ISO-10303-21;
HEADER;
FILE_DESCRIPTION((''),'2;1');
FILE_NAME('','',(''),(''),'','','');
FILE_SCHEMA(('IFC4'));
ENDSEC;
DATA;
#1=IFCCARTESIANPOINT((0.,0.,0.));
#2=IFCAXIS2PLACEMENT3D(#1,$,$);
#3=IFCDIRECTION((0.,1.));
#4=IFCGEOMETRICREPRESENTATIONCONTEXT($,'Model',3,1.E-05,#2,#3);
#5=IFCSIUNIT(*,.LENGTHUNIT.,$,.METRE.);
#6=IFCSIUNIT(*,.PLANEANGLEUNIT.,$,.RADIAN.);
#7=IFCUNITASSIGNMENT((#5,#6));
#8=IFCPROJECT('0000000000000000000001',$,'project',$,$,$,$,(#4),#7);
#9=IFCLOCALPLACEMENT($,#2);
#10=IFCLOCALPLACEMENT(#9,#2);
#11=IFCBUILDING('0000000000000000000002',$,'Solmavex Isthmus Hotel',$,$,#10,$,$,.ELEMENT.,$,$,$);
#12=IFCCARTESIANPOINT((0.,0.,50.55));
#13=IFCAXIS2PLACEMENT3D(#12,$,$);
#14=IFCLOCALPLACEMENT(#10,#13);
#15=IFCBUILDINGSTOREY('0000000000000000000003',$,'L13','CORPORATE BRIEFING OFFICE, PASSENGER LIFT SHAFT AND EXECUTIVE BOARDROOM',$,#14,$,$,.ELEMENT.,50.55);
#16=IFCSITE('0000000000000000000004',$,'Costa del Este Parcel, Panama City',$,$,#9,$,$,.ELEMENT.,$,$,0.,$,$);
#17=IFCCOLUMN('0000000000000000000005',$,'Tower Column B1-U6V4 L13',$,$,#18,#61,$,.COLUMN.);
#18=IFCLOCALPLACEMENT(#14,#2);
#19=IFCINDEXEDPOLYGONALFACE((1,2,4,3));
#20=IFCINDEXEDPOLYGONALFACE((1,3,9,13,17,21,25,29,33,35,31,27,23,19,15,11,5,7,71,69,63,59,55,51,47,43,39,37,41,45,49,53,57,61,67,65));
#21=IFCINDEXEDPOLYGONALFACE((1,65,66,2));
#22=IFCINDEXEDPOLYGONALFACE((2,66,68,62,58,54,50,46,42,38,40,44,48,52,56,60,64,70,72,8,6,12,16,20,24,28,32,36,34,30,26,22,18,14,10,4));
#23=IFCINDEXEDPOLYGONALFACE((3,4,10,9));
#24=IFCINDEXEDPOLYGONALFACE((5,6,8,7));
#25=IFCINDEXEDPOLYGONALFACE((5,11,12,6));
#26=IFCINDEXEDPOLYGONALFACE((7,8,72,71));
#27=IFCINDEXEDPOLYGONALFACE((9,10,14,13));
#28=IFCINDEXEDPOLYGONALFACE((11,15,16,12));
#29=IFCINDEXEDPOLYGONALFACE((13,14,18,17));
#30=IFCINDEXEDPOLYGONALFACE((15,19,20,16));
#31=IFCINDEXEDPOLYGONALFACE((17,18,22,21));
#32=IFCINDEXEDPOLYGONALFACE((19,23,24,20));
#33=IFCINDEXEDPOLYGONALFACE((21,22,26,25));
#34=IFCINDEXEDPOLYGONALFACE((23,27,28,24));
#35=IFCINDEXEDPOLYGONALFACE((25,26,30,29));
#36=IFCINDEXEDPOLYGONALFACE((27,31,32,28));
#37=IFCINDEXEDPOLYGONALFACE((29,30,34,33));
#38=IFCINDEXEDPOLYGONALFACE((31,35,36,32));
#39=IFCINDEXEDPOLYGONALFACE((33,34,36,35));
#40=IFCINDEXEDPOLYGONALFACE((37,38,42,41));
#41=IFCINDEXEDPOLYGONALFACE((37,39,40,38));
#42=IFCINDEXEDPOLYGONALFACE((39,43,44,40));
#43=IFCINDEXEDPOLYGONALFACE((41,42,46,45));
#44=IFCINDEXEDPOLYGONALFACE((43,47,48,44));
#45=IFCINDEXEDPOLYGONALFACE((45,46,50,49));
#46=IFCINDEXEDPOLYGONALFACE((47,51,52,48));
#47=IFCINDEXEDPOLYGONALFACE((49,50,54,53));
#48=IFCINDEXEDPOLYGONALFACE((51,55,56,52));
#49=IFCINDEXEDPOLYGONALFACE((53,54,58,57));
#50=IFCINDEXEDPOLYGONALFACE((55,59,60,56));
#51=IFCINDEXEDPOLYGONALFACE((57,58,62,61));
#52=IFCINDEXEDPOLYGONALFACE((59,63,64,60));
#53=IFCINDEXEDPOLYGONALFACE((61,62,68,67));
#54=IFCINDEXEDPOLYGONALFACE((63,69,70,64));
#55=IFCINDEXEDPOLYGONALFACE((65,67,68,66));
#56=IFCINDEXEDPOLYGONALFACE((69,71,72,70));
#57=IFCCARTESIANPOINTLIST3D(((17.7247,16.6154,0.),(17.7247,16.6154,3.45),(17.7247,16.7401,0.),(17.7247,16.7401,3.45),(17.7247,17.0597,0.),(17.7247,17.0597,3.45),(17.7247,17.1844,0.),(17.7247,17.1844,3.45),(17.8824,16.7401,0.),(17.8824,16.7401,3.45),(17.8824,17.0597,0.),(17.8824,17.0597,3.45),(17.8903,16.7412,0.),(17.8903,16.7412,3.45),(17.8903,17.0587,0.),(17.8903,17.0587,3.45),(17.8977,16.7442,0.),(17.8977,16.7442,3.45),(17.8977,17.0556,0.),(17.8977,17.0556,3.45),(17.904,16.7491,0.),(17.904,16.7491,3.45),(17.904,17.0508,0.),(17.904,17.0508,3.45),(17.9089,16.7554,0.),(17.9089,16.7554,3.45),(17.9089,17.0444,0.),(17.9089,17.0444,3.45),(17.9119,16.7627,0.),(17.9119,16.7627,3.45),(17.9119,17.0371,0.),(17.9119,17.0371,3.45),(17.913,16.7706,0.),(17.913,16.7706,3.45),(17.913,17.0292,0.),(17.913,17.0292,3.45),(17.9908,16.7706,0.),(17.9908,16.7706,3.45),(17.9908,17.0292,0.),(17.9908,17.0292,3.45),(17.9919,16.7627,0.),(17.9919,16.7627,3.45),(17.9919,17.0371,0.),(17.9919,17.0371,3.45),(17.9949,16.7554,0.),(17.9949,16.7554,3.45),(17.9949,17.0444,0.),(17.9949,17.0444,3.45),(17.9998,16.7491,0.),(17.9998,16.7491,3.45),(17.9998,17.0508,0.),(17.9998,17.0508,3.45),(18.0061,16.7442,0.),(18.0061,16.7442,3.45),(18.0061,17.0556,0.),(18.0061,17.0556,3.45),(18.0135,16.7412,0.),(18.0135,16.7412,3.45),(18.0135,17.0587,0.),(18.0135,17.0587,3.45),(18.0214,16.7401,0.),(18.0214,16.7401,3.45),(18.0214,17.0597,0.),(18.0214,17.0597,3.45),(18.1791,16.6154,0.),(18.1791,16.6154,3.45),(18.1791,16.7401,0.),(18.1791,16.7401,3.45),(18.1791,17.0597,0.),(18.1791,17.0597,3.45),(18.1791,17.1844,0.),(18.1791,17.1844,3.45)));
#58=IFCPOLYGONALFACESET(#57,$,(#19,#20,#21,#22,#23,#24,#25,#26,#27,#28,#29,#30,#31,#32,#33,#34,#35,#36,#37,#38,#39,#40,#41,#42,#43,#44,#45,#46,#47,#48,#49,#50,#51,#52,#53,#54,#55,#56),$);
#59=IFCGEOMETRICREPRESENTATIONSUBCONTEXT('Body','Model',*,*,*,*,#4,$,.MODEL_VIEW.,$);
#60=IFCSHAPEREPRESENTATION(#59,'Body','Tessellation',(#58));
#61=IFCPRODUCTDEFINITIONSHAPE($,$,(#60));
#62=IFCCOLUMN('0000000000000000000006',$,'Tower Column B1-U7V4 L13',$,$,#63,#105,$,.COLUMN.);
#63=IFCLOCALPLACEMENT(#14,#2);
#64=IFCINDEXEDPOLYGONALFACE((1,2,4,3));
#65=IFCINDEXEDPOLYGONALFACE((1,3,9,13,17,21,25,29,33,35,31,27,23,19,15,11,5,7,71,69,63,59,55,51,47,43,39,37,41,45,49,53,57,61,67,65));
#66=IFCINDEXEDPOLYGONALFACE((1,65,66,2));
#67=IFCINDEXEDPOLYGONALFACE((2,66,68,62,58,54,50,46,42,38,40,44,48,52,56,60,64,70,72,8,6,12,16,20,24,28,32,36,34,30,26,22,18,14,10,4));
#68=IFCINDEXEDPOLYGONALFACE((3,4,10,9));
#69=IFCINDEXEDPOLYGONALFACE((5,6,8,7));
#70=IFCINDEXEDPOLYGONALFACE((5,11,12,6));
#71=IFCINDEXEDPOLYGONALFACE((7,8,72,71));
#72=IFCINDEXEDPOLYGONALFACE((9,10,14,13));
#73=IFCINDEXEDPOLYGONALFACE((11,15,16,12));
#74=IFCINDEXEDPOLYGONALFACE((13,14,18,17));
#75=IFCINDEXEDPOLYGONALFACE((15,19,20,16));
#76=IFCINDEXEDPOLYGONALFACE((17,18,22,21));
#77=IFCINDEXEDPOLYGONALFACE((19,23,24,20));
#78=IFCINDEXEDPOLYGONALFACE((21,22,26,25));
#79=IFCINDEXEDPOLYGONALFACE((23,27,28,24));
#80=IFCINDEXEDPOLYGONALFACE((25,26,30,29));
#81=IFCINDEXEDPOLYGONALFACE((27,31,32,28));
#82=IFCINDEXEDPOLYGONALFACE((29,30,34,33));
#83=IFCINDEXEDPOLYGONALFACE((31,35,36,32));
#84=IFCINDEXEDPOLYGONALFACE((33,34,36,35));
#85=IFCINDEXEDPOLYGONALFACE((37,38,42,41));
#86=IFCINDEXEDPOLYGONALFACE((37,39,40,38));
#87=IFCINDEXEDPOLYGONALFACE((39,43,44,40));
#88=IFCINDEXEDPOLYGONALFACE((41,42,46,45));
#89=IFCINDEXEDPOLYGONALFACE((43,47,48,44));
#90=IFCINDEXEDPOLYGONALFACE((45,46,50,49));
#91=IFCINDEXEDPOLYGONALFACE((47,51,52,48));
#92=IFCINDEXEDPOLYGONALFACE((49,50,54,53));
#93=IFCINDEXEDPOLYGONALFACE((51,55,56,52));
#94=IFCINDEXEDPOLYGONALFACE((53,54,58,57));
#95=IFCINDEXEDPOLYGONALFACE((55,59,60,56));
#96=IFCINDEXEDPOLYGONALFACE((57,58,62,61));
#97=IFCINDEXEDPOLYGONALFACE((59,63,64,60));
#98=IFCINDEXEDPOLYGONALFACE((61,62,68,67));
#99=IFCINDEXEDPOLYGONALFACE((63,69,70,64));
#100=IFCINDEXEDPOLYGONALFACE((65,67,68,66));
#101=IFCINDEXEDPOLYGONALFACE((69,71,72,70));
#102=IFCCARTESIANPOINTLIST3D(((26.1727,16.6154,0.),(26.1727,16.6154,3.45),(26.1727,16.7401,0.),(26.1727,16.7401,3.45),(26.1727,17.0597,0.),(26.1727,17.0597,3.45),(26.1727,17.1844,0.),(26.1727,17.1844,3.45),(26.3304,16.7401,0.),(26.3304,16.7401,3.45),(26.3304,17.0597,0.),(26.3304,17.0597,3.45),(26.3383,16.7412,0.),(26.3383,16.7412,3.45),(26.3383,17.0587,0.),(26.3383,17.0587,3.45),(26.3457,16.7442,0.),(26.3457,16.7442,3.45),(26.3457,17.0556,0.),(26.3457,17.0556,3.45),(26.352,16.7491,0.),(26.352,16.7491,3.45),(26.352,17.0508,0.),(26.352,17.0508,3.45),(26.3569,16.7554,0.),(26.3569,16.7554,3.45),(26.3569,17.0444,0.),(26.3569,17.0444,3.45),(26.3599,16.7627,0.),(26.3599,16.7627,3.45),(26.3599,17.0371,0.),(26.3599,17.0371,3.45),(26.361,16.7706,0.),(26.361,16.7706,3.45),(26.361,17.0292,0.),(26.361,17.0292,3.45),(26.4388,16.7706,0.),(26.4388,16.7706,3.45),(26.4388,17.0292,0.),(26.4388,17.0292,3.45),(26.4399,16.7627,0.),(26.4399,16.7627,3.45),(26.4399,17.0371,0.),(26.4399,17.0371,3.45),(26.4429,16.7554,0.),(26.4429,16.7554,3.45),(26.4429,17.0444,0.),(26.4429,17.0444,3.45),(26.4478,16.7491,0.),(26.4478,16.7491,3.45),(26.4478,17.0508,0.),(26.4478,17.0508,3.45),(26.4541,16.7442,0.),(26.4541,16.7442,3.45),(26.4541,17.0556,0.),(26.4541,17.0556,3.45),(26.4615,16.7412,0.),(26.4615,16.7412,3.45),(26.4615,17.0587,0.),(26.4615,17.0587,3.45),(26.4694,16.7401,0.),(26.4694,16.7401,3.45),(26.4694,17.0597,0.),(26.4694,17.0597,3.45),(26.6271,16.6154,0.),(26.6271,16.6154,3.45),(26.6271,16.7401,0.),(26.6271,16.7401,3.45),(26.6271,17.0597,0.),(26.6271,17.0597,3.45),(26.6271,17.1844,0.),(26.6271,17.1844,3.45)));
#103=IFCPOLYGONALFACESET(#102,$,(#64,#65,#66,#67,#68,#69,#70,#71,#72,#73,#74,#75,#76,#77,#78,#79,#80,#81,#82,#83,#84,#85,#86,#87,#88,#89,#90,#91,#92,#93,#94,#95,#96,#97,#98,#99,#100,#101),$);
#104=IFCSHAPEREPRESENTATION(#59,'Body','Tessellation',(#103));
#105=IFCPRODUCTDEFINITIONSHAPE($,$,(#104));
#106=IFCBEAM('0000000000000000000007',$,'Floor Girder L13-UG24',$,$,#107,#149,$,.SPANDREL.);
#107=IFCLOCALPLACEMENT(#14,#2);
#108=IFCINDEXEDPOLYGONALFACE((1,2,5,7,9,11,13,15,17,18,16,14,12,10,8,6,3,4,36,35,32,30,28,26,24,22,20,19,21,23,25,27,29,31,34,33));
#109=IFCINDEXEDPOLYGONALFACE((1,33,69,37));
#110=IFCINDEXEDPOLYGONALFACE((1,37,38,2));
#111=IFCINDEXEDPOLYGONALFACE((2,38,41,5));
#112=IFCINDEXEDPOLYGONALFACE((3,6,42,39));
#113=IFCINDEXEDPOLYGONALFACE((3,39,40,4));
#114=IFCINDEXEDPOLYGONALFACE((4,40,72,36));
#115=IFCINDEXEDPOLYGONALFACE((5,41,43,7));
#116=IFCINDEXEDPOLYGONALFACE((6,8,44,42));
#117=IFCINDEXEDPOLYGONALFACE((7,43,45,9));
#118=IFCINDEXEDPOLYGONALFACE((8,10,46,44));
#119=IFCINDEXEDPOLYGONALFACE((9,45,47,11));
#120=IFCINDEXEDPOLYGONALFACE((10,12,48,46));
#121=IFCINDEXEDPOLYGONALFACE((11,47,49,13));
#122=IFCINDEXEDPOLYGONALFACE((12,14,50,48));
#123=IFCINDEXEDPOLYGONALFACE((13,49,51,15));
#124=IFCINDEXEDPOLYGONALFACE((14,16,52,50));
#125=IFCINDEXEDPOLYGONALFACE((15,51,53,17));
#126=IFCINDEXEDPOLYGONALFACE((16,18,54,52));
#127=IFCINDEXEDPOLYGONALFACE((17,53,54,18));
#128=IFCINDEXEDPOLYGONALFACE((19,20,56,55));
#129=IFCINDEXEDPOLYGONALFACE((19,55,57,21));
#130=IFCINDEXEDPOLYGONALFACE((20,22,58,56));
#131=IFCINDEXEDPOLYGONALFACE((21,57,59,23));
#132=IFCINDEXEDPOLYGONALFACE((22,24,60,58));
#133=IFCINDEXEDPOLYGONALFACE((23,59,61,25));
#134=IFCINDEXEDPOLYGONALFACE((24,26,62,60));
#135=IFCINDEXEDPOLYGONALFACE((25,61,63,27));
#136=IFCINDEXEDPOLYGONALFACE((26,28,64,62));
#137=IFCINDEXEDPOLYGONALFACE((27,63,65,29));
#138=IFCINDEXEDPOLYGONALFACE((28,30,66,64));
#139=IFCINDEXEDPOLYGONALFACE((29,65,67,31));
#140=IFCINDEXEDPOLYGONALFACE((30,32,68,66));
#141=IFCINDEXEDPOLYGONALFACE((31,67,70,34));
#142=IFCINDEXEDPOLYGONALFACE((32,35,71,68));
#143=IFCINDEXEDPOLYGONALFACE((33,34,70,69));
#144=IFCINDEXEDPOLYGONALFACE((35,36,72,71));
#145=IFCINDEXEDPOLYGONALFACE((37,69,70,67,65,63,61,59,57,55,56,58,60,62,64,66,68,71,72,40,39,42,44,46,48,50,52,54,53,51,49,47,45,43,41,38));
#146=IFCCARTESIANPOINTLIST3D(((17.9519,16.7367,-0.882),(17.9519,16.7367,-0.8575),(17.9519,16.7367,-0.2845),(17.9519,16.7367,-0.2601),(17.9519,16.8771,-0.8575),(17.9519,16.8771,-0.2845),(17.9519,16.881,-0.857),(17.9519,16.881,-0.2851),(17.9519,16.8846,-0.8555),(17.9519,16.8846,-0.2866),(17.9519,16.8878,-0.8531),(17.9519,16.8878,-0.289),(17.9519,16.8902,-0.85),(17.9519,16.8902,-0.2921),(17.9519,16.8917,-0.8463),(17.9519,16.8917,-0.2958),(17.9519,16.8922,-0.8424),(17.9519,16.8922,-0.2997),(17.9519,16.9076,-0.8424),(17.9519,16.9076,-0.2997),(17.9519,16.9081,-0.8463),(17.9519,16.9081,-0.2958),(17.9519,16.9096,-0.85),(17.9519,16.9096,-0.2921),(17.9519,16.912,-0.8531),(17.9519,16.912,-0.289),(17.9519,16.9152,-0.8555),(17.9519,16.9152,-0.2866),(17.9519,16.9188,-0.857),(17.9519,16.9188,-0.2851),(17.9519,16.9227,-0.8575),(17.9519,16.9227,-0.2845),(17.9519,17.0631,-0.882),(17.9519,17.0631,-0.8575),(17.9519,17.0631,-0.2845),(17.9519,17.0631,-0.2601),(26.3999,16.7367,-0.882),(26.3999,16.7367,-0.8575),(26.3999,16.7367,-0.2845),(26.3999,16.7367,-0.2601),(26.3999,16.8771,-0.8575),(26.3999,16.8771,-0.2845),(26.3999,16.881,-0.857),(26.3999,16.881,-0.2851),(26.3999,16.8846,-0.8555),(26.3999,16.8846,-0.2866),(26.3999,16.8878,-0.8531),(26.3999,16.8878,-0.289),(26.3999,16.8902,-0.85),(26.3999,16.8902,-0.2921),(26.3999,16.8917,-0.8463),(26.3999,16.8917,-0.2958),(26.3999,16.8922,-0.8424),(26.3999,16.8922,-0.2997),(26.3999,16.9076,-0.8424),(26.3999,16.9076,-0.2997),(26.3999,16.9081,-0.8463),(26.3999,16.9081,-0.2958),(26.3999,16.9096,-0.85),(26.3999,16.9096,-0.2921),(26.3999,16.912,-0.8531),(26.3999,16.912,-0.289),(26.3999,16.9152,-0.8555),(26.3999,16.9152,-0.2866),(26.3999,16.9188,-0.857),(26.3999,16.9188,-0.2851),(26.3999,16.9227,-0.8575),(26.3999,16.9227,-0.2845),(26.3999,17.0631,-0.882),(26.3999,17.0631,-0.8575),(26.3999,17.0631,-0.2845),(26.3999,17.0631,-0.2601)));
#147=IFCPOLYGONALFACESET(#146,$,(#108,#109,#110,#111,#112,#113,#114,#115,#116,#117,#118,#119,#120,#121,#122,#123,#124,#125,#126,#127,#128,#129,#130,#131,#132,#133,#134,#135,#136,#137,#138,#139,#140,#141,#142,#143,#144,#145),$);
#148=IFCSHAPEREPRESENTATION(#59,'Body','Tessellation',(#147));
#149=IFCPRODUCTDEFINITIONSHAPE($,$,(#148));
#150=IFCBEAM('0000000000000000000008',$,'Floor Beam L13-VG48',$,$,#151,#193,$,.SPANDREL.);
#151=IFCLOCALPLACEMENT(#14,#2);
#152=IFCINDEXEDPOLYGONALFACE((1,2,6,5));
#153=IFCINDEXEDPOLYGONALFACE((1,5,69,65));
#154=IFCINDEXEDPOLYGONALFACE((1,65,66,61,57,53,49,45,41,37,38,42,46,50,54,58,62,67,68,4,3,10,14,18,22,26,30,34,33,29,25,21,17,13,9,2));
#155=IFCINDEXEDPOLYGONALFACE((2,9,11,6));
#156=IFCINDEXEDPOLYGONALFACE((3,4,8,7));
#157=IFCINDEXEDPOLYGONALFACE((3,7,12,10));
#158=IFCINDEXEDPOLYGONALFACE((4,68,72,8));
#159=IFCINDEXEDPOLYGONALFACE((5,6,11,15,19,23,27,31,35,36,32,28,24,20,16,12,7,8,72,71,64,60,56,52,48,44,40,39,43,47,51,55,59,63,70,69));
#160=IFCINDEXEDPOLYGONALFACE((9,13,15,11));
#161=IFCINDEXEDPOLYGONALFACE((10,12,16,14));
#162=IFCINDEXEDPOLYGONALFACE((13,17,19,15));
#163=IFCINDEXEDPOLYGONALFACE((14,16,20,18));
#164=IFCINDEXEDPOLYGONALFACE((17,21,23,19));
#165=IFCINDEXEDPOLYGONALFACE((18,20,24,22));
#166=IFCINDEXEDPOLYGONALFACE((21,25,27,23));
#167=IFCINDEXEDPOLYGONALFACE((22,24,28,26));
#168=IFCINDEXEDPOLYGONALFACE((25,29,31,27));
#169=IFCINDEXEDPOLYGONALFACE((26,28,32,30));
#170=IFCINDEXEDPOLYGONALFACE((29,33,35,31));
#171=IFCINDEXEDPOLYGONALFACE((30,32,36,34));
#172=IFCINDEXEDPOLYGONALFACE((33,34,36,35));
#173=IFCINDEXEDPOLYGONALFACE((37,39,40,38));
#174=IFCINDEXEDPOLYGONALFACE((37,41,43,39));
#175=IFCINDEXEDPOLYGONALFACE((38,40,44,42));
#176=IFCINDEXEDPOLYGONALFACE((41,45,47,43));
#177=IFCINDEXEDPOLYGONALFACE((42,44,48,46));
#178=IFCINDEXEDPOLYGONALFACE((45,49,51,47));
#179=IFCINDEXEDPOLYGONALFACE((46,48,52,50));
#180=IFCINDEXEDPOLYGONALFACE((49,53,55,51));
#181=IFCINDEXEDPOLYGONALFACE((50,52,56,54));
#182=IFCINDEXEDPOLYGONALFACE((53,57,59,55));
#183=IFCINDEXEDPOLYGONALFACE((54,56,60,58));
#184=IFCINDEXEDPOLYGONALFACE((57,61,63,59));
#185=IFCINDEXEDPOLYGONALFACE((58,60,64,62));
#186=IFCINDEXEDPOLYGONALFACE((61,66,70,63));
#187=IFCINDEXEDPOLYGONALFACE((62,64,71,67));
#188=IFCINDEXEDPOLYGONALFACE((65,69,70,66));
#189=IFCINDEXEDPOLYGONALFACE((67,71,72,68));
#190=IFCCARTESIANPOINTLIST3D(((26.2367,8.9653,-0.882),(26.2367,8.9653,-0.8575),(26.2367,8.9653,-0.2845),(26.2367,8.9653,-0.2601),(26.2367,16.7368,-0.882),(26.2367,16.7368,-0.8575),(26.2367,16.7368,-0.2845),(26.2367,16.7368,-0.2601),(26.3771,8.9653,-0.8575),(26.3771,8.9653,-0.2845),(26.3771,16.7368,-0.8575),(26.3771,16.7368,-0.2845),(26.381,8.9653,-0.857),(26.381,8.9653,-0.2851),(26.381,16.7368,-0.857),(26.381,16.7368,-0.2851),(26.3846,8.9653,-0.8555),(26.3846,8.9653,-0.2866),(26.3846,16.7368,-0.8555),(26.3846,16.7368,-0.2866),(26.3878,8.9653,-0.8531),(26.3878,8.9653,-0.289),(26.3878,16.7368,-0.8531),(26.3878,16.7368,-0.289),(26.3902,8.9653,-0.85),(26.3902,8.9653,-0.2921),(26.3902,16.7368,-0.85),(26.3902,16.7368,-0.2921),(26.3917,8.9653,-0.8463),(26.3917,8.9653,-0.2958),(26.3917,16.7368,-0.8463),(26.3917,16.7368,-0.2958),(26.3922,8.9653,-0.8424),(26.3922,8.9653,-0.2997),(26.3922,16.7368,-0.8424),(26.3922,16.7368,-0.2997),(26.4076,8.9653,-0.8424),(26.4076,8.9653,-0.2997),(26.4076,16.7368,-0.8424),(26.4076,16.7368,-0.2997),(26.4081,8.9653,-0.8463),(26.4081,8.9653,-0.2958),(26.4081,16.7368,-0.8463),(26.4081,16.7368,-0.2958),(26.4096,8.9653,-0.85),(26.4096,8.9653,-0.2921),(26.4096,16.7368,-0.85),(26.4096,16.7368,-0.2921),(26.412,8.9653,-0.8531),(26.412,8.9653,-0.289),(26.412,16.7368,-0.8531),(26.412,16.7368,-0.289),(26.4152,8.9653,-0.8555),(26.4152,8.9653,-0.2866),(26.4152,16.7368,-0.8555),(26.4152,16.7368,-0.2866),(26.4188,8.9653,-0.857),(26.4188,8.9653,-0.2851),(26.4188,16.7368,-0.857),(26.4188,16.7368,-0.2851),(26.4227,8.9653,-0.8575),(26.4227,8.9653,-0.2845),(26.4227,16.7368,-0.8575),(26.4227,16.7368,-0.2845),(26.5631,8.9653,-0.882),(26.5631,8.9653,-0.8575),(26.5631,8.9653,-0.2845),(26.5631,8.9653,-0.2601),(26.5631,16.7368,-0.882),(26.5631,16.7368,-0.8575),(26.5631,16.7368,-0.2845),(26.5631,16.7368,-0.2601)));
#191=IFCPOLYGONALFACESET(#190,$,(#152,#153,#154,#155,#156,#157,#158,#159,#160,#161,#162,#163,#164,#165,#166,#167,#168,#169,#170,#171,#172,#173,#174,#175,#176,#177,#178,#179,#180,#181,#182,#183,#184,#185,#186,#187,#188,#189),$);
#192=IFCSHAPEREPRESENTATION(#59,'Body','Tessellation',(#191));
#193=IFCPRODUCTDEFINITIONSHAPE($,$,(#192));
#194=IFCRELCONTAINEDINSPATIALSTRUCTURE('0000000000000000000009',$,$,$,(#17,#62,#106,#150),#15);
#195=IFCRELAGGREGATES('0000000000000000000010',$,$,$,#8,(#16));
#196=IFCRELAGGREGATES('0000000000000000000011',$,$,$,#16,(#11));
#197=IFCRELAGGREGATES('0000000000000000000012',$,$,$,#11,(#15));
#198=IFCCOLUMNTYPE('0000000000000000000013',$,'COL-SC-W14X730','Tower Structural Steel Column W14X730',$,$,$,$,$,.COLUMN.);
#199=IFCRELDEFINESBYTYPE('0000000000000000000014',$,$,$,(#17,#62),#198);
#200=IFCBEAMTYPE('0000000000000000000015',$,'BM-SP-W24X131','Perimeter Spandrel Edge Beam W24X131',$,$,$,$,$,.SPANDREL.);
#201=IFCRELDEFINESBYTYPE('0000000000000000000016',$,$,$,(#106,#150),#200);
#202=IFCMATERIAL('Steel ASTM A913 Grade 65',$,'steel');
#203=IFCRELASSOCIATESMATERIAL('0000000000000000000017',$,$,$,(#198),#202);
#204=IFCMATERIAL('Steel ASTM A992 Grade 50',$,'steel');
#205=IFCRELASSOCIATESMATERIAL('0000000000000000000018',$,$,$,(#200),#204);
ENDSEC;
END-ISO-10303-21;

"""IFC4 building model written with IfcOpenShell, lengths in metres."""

from ifc_helpers import new_model, si_unit, direction, frame, origin, origin_2d, place, context, subcontext, project, spatial, i_section, extrude, material, material_profile, profile_set, type_object, element, save


model = new_model("IFC4")

# Units and contexts
model_context = context("Model", 3, precision=1e-05, world=origin(), true_north=direction((0.0, 1.0)))
body_context = subcontext(model_context, "Body", "Model", "MODEL_VIEW")
ifc_project = project(units=[si_unit("LENGTHUNIT", "METRE"), si_unit("PLANEANGLEUNIT", "RADIAN")], contexts=[model_context])

# Site, building, storey
site_placement = place(None, origin())
site = spatial("IfcSite", under=ifc_project, at=site_placement, Name="Costa del Este Parcel, Panama City", CompositionType="ELEMENT", RefElevation=0.0)
building_placement = place(site_placement, origin())
building = spatial("IfcBuilding", under=site, at=building_placement, Name="Solmavex Isthmus Hotel", CompositionType="ELEMENT")
storey_placement = place(building_placement, frame((0.0, 0.0, 50.55)))
storey = spatial("IfcBuildingStorey", under=building, at=storey_placement, Name="L13", Description="CORPORATE BRIEFING OFFICE, PASSENGER LIFT SHAFT AND EXECUTIVE BOARDROOM", CompositionType="ELEMENT", Elevation=50.55)

# Columns
ifc_material_1 = material(Name="Steel ASTM A913 Grade 65", Category="steel")
ifc_material_profile_1 = material_profile(ifc_material_1, i_section(OverallWidth=0.4543, OverallDepth=0.5691, WebThickness=0.0779, FlangeThickness=0.1248, FilletRadius=0.0305, at=origin_2d()), Name="W14X730")
ifc_profile_set_1 = profile_set([ifc_material_profile_1], Name="Steel ASTM A913 Grade 65")
column_type = type_object("IfcColumnType", Name="COL-SC-W14X730", Description="Tower Structural Steel Column W14X730", PredefinedType="COLUMN", material=ifc_profile_set_1)
for number, where, z_axis, x_axis, name in (
    (1, (17.9519, 16.8999, 0.0), (0.0, 0.0, 1.0), (1.0, 0.0, 0.0), "Tower Column B1-U6V4 L13"),
    (2, (26.3999, 16.8999, 0.0), (0.0, 0.0, 1.0), (1.0, 0.0, 0.0), "Tower Column B1-U7V4 L13"),
):
    element("IfcColumn", number, at=place(storey_placement, frame(where, z_axis=z_axis, x_axis=x_axis)), inside=storey, type_object=column_type, Name=name, PredefinedType="COLUMN", context=body_context, shape_type="SweptSolid", body=[
        extrude(i_section(OverallWidth=0.4543, OverallDepth=0.5691, WebThickness=0.0779, FlangeThickness=0.1248, FilletRadius=0.0305, at=origin_2d()), origin(), (0.0, 0.0, 1.0), 3.45),
    ])

# Beams
ifc_material_2 = material(Name="Steel ASTM A992 Grade 50", Category="steel")
ifc_material_profile_2 = material_profile(ifc_material_2, i_section(OverallWidth=0.3264, OverallDepth=0.6218, WebThickness=0.0154, FlangeThickness=0.0244, FilletRadius=0.0151, at=origin_2d()), Name="W24X131")
ifc_profile_set_2 = profile_set([ifc_material_profile_2], Name="Steel ASTM A992 Grade 50")
beam_type = type_object("IfcBeamType", Name="BM-SP-W24X131", Description="Perimeter Spandrel Edge Beam W24X131", PredefinedType="SPANDREL", material=ifc_profile_set_2)
beam_1_placement = place(storey_placement, frame((17.9519, 16.8999, -0.571), z_axis=(1.0, 0.0, 0.0), x_axis=(0.0, 1.0, 0.0)))
element("IfcBeam", 3, at=beam_1_placement, inside=storey, type_object=beam_type, Name="Floor Girder L13-UG24", PredefinedType="SPANDREL", context=body_context, shape_type="SweptSolid", body=[
    extrude(i_section(OverallWidth=0.3264, OverallDepth=0.6218, WebThickness=0.0154, FlangeThickness=0.0244, FilletRadius=0.0151, at=origin_2d()), origin(), (0.0, 0.0, 1.0), 8.448),
])
beam_2_placement = place(storey_placement, frame((26.3999, 8.9653, -0.571), z_axis=(0.0, 1.0, 0.0), x_axis=(-1.0, 0.0, 0.0)))
element("IfcBeam", 4, at=beam_2_placement, inside=storey, type_object=beam_type, Name="Floor Beam L13-VG48", PredefinedType="SPANDREL", context=body_context, shape_type="SweptSolid", body=[
    extrude(i_section(OverallWidth=0.3264, OverallDepth=0.6218, WebThickness=0.0154, FlangeThickness=0.0244, FilletRadius=0.0151, at=origin_2d()), origin(), (0.0, 0.0, 1.0), 7.7715),
])

save(model, "model.ifc")
